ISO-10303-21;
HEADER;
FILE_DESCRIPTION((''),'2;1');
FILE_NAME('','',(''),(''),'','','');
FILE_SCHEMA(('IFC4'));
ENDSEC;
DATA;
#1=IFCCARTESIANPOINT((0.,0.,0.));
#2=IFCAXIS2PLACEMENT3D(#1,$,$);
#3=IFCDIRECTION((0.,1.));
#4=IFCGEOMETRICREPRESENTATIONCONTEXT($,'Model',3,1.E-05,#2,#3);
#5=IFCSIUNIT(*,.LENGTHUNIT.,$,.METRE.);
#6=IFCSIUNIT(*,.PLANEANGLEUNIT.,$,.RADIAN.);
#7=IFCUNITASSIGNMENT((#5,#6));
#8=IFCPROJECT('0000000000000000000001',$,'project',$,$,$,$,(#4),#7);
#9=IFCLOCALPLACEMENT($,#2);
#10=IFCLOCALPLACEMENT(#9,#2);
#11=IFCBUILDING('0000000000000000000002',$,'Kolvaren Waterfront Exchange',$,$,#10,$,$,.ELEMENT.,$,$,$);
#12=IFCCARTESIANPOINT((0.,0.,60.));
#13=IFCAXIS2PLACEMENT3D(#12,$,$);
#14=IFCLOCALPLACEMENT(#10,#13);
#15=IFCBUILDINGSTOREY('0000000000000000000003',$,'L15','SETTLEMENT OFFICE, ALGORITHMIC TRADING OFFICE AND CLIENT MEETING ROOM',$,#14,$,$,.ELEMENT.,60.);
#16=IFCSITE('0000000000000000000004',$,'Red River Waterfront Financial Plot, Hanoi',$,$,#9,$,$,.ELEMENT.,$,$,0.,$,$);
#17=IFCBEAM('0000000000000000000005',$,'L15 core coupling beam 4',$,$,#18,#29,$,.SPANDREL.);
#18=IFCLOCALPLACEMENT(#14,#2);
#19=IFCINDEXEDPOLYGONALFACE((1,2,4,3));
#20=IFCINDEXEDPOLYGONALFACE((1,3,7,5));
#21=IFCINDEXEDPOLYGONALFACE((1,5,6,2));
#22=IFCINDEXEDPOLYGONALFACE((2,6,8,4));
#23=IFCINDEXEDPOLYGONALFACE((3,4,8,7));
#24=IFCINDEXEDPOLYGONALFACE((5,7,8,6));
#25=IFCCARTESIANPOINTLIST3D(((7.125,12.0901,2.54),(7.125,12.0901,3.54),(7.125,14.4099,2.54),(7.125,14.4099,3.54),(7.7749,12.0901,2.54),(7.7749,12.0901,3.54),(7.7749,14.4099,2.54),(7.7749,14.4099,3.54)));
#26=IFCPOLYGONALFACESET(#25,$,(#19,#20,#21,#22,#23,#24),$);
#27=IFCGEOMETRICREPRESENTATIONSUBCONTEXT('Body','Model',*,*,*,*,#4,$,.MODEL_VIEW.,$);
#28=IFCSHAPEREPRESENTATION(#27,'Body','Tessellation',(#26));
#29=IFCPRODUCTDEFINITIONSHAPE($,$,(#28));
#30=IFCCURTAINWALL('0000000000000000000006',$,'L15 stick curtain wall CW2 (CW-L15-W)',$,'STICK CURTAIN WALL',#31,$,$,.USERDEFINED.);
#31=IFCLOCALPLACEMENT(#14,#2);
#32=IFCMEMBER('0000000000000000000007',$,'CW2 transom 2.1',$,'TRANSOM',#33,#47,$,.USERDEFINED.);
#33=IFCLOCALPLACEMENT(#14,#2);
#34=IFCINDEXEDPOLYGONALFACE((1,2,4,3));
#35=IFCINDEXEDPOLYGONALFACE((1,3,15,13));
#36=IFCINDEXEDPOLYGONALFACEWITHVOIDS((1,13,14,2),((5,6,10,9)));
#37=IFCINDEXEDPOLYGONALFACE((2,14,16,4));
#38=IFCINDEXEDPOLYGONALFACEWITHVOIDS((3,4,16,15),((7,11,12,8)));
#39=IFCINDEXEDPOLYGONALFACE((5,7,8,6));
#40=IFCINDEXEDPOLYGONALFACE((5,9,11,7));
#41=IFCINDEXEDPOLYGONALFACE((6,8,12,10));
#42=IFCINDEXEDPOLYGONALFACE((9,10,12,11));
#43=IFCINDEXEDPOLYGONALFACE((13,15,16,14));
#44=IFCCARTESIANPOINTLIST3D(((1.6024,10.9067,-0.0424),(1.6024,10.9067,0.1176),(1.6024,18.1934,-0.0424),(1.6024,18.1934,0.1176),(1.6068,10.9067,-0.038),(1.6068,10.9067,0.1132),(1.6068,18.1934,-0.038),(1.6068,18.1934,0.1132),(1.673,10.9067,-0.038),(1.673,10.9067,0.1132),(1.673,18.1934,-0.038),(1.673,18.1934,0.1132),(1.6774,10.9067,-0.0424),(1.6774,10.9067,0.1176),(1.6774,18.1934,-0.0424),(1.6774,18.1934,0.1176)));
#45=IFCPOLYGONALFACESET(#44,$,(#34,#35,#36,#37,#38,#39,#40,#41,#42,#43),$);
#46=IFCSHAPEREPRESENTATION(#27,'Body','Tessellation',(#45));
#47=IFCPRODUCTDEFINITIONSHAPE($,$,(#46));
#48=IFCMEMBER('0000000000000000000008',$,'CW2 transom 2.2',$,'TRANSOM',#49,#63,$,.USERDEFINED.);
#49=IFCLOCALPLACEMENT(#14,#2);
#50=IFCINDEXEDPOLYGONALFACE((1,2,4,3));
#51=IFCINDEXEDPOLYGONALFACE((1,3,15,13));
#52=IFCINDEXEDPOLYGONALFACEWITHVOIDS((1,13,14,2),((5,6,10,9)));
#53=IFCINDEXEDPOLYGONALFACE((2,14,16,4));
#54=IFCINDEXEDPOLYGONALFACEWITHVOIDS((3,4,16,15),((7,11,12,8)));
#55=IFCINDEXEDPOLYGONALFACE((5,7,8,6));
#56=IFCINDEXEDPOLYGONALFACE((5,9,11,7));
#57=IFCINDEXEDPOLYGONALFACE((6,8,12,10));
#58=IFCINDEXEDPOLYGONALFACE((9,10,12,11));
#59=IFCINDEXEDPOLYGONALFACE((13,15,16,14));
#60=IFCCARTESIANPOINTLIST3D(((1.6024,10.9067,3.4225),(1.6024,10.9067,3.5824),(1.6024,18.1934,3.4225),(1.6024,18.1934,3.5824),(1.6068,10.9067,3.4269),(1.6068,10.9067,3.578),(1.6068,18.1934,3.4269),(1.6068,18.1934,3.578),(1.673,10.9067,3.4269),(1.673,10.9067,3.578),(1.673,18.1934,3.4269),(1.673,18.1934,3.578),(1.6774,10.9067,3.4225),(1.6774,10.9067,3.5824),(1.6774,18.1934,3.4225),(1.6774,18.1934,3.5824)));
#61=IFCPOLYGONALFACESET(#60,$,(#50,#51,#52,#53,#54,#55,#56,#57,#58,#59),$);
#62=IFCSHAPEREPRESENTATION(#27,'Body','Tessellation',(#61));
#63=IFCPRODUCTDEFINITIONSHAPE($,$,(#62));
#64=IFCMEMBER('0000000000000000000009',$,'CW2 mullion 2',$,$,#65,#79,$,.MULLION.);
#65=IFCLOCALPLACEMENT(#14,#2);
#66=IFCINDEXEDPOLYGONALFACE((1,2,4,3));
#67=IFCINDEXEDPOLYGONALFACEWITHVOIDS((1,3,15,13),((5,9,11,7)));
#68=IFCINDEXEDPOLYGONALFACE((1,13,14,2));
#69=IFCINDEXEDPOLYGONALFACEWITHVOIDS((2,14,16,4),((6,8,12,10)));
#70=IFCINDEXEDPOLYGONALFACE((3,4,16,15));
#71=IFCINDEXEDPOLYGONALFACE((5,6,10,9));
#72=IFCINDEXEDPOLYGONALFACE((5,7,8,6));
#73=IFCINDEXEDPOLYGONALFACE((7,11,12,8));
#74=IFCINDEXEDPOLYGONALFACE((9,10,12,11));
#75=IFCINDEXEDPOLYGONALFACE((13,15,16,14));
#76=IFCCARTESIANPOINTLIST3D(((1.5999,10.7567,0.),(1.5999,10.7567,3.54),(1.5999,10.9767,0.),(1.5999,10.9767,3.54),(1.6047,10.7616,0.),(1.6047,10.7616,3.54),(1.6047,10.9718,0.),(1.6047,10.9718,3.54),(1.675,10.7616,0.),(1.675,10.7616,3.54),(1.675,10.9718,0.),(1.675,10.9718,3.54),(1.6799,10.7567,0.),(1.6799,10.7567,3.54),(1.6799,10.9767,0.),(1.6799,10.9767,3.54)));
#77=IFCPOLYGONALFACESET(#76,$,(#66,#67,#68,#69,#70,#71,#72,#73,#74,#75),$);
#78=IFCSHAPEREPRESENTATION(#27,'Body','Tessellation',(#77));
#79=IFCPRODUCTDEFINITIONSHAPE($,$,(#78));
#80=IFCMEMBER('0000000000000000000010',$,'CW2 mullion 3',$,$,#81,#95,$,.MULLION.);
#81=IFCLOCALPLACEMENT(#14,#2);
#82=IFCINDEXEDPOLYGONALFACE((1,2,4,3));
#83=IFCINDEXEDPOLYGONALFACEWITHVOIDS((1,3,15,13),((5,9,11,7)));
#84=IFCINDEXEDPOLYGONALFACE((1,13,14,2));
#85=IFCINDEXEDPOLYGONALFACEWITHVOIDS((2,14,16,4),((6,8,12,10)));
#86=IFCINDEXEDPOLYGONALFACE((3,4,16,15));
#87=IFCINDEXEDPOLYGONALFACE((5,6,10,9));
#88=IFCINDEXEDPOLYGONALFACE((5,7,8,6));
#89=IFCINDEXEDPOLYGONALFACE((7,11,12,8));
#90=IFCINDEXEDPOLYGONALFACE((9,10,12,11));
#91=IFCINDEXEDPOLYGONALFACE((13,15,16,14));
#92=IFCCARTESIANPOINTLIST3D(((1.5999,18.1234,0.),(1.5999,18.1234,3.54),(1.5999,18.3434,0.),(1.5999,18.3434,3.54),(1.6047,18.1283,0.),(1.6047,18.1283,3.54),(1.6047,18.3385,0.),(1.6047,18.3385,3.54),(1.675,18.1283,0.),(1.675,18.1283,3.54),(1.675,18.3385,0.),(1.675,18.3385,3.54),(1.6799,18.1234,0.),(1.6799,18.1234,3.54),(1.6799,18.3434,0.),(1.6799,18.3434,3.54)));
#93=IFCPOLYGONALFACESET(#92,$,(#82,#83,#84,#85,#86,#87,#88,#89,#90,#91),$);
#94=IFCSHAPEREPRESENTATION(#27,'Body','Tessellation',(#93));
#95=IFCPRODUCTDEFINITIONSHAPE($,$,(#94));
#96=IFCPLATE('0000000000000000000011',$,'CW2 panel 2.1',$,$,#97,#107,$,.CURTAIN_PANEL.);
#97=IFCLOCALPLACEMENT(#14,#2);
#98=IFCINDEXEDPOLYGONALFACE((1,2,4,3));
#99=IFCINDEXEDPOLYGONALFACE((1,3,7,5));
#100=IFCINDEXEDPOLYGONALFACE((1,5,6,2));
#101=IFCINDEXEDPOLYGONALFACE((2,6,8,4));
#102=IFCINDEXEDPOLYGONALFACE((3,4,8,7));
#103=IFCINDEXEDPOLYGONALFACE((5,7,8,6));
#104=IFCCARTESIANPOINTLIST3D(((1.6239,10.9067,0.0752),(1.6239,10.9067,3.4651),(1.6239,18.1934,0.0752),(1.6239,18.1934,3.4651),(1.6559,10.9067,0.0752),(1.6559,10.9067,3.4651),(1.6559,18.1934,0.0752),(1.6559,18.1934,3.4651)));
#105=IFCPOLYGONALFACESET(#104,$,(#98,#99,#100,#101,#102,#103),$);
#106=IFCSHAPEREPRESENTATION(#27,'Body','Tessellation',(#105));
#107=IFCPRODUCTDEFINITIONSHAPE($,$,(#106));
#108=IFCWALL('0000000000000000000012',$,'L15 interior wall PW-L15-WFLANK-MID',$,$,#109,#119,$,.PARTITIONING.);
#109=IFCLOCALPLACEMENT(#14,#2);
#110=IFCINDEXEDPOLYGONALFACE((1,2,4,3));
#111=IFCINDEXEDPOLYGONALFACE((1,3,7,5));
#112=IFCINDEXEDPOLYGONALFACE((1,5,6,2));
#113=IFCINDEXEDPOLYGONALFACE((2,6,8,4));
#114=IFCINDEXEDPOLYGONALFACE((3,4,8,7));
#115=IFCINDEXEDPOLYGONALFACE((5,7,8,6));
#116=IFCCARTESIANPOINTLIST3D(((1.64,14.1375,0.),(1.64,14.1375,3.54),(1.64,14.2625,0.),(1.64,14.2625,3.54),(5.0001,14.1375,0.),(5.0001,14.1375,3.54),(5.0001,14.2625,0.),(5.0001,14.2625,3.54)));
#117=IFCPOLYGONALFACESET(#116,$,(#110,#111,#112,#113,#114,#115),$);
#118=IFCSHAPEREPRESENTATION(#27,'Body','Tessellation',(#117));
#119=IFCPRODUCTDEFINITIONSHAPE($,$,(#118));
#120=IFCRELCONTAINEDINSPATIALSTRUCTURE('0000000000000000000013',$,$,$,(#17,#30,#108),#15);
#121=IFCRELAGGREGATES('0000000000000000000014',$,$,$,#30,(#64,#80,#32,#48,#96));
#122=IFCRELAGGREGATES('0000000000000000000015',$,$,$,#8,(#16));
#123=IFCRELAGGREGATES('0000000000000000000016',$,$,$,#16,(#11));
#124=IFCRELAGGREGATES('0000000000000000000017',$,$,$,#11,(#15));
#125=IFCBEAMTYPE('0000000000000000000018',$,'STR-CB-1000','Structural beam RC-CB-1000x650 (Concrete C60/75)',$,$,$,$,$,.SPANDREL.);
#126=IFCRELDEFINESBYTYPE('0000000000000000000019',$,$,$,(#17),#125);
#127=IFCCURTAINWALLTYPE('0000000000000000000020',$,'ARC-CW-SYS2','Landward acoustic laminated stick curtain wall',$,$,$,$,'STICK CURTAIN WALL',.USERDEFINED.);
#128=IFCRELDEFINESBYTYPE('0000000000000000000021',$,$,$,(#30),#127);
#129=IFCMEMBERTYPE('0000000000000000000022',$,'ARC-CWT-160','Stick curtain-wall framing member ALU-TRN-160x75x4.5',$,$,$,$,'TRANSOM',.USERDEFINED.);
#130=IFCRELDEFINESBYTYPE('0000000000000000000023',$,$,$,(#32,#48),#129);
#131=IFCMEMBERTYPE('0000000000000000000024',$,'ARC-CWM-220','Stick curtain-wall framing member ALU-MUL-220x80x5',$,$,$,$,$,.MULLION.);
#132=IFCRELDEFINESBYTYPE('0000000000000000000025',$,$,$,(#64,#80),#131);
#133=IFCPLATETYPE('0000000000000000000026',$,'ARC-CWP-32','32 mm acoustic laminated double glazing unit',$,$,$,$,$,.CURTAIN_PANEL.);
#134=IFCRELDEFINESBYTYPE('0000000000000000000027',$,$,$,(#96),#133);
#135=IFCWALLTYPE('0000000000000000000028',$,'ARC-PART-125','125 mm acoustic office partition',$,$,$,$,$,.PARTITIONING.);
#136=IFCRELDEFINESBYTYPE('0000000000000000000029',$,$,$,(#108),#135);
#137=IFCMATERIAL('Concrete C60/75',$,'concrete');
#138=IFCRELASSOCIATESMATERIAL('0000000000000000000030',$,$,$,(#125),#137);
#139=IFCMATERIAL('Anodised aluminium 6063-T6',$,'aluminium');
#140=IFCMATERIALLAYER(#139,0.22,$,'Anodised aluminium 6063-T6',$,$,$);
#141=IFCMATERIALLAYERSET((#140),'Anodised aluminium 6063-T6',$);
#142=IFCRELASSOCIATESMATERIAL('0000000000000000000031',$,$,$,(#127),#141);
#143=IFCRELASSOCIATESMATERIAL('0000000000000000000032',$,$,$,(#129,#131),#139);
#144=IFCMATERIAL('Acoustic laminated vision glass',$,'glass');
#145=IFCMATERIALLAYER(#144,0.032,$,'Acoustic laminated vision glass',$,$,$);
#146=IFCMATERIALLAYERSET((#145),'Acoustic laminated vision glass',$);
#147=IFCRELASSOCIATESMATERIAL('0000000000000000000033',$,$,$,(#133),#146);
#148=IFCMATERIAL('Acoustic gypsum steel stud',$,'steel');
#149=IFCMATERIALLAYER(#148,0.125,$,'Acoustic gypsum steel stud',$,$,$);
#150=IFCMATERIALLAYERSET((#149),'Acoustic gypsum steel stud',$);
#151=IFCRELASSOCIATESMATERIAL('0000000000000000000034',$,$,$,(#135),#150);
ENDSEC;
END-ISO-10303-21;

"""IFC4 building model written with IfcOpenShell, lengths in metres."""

from ifc_helpers import new_model, si_unit, direction, frame, frame_2d, origin, origin_with_axes, origin_2d, place, context, subcontext, project, spatial, rectangle, hollow_rectangle, extrude, source, transform, mapped, material, layer, layer_set, material_profile, profile_set, type_object, element, aggregate, save


model = new_model("IFC4")

# Units and contexts
model_context = context("Model", 3, precision=1e-05, world=origin(), true_north=direction((0.0, 1.0)))
body_context = subcontext(model_context, "Body", "Model", "MODEL_VIEW")
ifc_project = project(units=[si_unit("LENGTHUNIT", "METRE"), si_unit("PLANEANGLEUNIT", "RADIAN")], contexts=[model_context])

# Site, building, storey
site_placement = place(None, origin())
site = spatial("IfcSite", under=ifc_project, at=site_placement, Name="Red River Waterfront Financial Plot, Hanoi", CompositionType="ELEMENT", RefElevation=0.0)
building_placement = place(site_placement, origin())
building = spatial("IfcBuilding", under=site, at=building_placement, Name="Kolvaren Waterfront Exchange", CompositionType="ELEMENT")
storey_placement = place(building_placement, frame((0.0, 0.0, 60.0)))
storey = spatial("IfcBuildingStorey", under=building, at=storey_placement, Name="L15", Description="SETTLEMENT OFFICE, ALGORITHMIC TRADING OFFICE AND CLIENT MEETING ROOM", CompositionType="ELEMENT", Elevation=60.0)

# Beam
ifc_material_1 = material(Name="Concrete C60/75", Category="concrete")
ifc_material_profile_1 = material_profile(ifc_material_1, rectangle(XDim=0.6499, YDim=1.0, at=origin_2d()), Name="RC-CB-1000x650")
ifc_profile_set_1 = profile_set([ifc_material_profile_1], Name="Concrete C60/75")
beam_type = type_object("IfcBeamType", Name="STR-CB-1000", Description="Structural beam RC-CB-1000x650 (Concrete C60/75)", PredefinedType="SPANDREL", material=ifc_profile_set_1)
beam_placement = place(storey_placement, frame((7.45, 12.0901, 3.04), z_axis=(0.0, 1.0, 0.0), x_axis=(-1.0, 0.0, 0.0)))
element("IfcBeam", 1, at=beam_placement, inside=storey, type_object=beam_type, Name="L15 core coupling beam 4", PredefinedType="SPANDREL", context=body_context, shape_type="SweptSolid", body=[
    extrude(rectangle(XDim=0.6499, YDim=1.0, at=origin_2d()), origin(), (0.0, 0.0, 1.0), 2.3198),
])

# Curtain wall, members, plate
ifc_material_2 = material(Name="Anodised aluminium 6063-T6", Category="aluminium")
ifc_layer_1 = layer(ifc_material_2, 0.22, Name="Anodised aluminium 6063-T6")
ifc_layer_set_1 = layer_set([ifc_layer_1], Name="Anodised aluminium 6063-T6")
curtain_wall_type = type_object("IfcCurtainWallType", Name="ARC-CW-SYS2", Description="Landward acoustic laminated stick curtain wall", ElementType="STICK CURTAIN WALL", PredefinedType="USERDEFINED", material=ifc_layer_set_1)
curtain_wall_placement = place(storey_placement, origin())
curtain_wall = element("IfcCurtainWall", 2, at=curtain_wall_placement, inside=storey, type_object=curtain_wall_type, Name="L15 stick curtain wall CW2 (CW-L15-W)", ObjectType="STICK CURTAIN WALL", PredefinedType="USERDEFINED")
ifc_material_profile_2 = material_profile(ifc_material_2, hollow_rectangle(XDim=0.075, YDim=0.1599, WallThickness=0.0044, at=origin_2d()), Name="ALU-TRN-160x75x4.5")
ifc_profile_set_2 = profile_set([ifc_material_profile_2], Name="Anodised aluminium 6063-T6")
member_type_1 = type_object("IfcMemberType", Name="ARC-CWT-160", Description="Stick curtain-wall framing member ALU-TRN-160x75x4.5", ElementType="TRANSOM", PredefinedType="USERDEFINED", material=ifc_profile_set_2)
shared_shape_1 = source(origin_with_axes(), body_context, "Body", "SweptSolid", [
    extrude(hollow_rectangle(XDim=0.075, YDim=0.1599, WallThickness=0.0044, at=origin_2d()), origin(), (0.0, 0.0, 1.0), 7.2866),
])
member_1_placement = place(storey_placement, frame((1.6399, 10.9067, 0.0376), z_axis=(0.0, 1.0, 0.0), x_axis=(-1.0, 0.0, 0.0)))
member_1 = element("IfcMember", 3, at=member_1_placement, type_object=member_type_1, Name="CW2 transom 2.1", ObjectType="TRANSOM", PredefinedType="USERDEFINED", context=body_context, shape_type="MappedRepresentation", body=[
    mapped(shared_shape_1, transform((0.0, 0.0, 0.0), x_axis=(1.0, 0.0, 0.0), y_axis=(0.0, 1.0, 0.0), z_axis=(0.0, 0.0, 1.0), scale=1.0)),
])
member_2_placement = place(storey_placement, frame((1.6399, 10.9067, 3.5024), z_axis=(0.0, 1.0, 0.0), x_axis=(-1.0, 0.0, 0.0)))
member_2 = element("IfcMember", 4, at=member_2_placement, type_object=member_type_1, Name="CW2 transom 2.2", ObjectType="TRANSOM", PredefinedType="USERDEFINED", context=body_context, shape_type="MappedRepresentation", body=[
    mapped(shared_shape_1, transform((0.0, 0.0, 0.0), x_axis=(1.0, 0.0, 0.0), y_axis=(0.0, 1.0, 0.0), z_axis=(0.0, 0.0, 1.0), scale=1.0)),
])
ifc_material_profile_3 = material_profile(ifc_material_2, hollow_rectangle(XDim=0.0801, YDim=0.22, WallThickness=0.0049, at=origin_2d()), Name="ALU-MUL-220x80x5")
ifc_profile_set_3 = profile_set([ifc_material_profile_3], Name="Anodised aluminium 6063-T6")
member_type_2 = type_object("IfcMemberType", Name="ARC-CWM-220", Description="Stick curtain-wall framing member ALU-MUL-220x80x5", PredefinedType="MULLION", material=ifc_profile_set_3)
shared_shape_2 = source(origin_with_axes(), body_context, "Body", "SweptSolid", [
    extrude(hollow_rectangle(XDim=0.0801, YDim=0.22, WallThickness=0.0049, at=origin_2d()), origin(), (0.0, 0.0, 1.0), 3.54),
])
member_3_placement = place(storey_placement, frame((1.6399, 10.8667, 0.0), z_axis=(0.0, 0.0, 1.0), x_axis=(-1.0, 0.0, 0.0)))
member_3 = element("IfcMember", 5, at=member_3_placement, type_object=member_type_2, Name="CW2 mullion 2", PredefinedType="MULLION", context=body_context, shape_type="MappedRepresentation", body=[
    mapped(shared_shape_2, transform((0.0, 0.0, 0.0), x_axis=(1.0, 0.0, 0.0), y_axis=(0.0, 1.0, 0.0), z_axis=(0.0, 0.0, 1.0), scale=1.0)),
])
member_4_placement = place(storey_placement, frame((1.6399, 18.2334, 0.0), z_axis=(0.0, 0.0, 1.0), x_axis=(-1.0, 0.0, 0.0)))
member_4 = element("IfcMember", 6, at=member_4_placement, type_object=member_type_2, Name="CW2 mullion 3", PredefinedType="MULLION", context=body_context, shape_type="MappedRepresentation", body=[
    mapped(shared_shape_2, transform((0.0, 0.0, 0.0), x_axis=(1.0, 0.0, 0.0), y_axis=(0.0, 1.0, 0.0), z_axis=(0.0, 0.0, 1.0), scale=1.0)),
])
ifc_material_3 = material(Name="Acoustic laminated vision glass", Category="glass")
ifc_layer_2 = layer(ifc_material_3, 0.032, Name="Acoustic laminated vision glass")
ifc_layer_set_2 = layer_set([ifc_layer_2], Name="Acoustic laminated vision glass")
plate_type = type_object("IfcPlateType", Name="ARC-CWP-32", Description="32 mm acoustic laminated double glazing unit", PredefinedType="CURTAIN_PANEL", material=ifc_layer_set_2)
shared_shape_3 = source(origin_with_axes(), body_context, "Body", "SweptSolid", [
    extrude(rectangle(XDim=7.2866, YDim=0.032, at=origin_2d()), origin(), (0.0, 0.0, 1.0), 3.3899),
])
plate_placement = place(storey_placement, frame((1.6399, 14.55, 0.0752), z_axis=(0.0, 0.0, 1.0), x_axis=(0.0, 1.0, 0.0)))
plate = element("IfcPlate", 7, at=plate_placement, type_object=plate_type, Name="CW2 panel 2.1", PredefinedType="CURTAIN_PANEL", context=body_context, shape_type="MappedRepresentation", body=[
    mapped(shared_shape_3, transform((0.0, 0.0, 0.0), x_axis=(1.0, 0.0, 0.0), y_axis=(0.0, 1.0, 0.0), z_axis=(0.0, 0.0, 1.0), scale=1.0)),
])
aggregate(curtain_wall, [member_3, member_4, member_1, member_2, plate])

# Wall
ifc_material_4 = material(Name="Acoustic gypsum steel stud", Category="steel")
ifc_layer_3 = layer(ifc_material_4, 0.125, Name="Acoustic gypsum steel stud")
ifc_layer_set_3 = layer_set([ifc_layer_3], Name="Acoustic gypsum steel stud")
wall_type_1 = type_object("IfcWallType", Name="ARC-PART-125", Description="125 mm acoustic office partition", PredefinedType="PARTITIONING", material=ifc_layer_set_3)
wall_1_placement = place(storey_placement, frame((1.6399, 14.2, 0.0), z_axis=(0.0, 0.0, 1.0), x_axis=(1.0, 0.0, 0.0)))
element("IfcWall", 8, at=wall_1_placement, inside=storey, type_object=wall_type_1, Name="L15 interior wall PW-L15-WFLANK-MID", PredefinedType="PARTITIONING", context=body_context, shape_type="SweptSolid", body=[
    extrude(rectangle(XDim=3.3601, YDim=0.125, at=frame_2d((1.6802, 0.0))), origin(), (0.0, 0.0, 1.0), 3.54),
])

save(model, "model.ifc")
